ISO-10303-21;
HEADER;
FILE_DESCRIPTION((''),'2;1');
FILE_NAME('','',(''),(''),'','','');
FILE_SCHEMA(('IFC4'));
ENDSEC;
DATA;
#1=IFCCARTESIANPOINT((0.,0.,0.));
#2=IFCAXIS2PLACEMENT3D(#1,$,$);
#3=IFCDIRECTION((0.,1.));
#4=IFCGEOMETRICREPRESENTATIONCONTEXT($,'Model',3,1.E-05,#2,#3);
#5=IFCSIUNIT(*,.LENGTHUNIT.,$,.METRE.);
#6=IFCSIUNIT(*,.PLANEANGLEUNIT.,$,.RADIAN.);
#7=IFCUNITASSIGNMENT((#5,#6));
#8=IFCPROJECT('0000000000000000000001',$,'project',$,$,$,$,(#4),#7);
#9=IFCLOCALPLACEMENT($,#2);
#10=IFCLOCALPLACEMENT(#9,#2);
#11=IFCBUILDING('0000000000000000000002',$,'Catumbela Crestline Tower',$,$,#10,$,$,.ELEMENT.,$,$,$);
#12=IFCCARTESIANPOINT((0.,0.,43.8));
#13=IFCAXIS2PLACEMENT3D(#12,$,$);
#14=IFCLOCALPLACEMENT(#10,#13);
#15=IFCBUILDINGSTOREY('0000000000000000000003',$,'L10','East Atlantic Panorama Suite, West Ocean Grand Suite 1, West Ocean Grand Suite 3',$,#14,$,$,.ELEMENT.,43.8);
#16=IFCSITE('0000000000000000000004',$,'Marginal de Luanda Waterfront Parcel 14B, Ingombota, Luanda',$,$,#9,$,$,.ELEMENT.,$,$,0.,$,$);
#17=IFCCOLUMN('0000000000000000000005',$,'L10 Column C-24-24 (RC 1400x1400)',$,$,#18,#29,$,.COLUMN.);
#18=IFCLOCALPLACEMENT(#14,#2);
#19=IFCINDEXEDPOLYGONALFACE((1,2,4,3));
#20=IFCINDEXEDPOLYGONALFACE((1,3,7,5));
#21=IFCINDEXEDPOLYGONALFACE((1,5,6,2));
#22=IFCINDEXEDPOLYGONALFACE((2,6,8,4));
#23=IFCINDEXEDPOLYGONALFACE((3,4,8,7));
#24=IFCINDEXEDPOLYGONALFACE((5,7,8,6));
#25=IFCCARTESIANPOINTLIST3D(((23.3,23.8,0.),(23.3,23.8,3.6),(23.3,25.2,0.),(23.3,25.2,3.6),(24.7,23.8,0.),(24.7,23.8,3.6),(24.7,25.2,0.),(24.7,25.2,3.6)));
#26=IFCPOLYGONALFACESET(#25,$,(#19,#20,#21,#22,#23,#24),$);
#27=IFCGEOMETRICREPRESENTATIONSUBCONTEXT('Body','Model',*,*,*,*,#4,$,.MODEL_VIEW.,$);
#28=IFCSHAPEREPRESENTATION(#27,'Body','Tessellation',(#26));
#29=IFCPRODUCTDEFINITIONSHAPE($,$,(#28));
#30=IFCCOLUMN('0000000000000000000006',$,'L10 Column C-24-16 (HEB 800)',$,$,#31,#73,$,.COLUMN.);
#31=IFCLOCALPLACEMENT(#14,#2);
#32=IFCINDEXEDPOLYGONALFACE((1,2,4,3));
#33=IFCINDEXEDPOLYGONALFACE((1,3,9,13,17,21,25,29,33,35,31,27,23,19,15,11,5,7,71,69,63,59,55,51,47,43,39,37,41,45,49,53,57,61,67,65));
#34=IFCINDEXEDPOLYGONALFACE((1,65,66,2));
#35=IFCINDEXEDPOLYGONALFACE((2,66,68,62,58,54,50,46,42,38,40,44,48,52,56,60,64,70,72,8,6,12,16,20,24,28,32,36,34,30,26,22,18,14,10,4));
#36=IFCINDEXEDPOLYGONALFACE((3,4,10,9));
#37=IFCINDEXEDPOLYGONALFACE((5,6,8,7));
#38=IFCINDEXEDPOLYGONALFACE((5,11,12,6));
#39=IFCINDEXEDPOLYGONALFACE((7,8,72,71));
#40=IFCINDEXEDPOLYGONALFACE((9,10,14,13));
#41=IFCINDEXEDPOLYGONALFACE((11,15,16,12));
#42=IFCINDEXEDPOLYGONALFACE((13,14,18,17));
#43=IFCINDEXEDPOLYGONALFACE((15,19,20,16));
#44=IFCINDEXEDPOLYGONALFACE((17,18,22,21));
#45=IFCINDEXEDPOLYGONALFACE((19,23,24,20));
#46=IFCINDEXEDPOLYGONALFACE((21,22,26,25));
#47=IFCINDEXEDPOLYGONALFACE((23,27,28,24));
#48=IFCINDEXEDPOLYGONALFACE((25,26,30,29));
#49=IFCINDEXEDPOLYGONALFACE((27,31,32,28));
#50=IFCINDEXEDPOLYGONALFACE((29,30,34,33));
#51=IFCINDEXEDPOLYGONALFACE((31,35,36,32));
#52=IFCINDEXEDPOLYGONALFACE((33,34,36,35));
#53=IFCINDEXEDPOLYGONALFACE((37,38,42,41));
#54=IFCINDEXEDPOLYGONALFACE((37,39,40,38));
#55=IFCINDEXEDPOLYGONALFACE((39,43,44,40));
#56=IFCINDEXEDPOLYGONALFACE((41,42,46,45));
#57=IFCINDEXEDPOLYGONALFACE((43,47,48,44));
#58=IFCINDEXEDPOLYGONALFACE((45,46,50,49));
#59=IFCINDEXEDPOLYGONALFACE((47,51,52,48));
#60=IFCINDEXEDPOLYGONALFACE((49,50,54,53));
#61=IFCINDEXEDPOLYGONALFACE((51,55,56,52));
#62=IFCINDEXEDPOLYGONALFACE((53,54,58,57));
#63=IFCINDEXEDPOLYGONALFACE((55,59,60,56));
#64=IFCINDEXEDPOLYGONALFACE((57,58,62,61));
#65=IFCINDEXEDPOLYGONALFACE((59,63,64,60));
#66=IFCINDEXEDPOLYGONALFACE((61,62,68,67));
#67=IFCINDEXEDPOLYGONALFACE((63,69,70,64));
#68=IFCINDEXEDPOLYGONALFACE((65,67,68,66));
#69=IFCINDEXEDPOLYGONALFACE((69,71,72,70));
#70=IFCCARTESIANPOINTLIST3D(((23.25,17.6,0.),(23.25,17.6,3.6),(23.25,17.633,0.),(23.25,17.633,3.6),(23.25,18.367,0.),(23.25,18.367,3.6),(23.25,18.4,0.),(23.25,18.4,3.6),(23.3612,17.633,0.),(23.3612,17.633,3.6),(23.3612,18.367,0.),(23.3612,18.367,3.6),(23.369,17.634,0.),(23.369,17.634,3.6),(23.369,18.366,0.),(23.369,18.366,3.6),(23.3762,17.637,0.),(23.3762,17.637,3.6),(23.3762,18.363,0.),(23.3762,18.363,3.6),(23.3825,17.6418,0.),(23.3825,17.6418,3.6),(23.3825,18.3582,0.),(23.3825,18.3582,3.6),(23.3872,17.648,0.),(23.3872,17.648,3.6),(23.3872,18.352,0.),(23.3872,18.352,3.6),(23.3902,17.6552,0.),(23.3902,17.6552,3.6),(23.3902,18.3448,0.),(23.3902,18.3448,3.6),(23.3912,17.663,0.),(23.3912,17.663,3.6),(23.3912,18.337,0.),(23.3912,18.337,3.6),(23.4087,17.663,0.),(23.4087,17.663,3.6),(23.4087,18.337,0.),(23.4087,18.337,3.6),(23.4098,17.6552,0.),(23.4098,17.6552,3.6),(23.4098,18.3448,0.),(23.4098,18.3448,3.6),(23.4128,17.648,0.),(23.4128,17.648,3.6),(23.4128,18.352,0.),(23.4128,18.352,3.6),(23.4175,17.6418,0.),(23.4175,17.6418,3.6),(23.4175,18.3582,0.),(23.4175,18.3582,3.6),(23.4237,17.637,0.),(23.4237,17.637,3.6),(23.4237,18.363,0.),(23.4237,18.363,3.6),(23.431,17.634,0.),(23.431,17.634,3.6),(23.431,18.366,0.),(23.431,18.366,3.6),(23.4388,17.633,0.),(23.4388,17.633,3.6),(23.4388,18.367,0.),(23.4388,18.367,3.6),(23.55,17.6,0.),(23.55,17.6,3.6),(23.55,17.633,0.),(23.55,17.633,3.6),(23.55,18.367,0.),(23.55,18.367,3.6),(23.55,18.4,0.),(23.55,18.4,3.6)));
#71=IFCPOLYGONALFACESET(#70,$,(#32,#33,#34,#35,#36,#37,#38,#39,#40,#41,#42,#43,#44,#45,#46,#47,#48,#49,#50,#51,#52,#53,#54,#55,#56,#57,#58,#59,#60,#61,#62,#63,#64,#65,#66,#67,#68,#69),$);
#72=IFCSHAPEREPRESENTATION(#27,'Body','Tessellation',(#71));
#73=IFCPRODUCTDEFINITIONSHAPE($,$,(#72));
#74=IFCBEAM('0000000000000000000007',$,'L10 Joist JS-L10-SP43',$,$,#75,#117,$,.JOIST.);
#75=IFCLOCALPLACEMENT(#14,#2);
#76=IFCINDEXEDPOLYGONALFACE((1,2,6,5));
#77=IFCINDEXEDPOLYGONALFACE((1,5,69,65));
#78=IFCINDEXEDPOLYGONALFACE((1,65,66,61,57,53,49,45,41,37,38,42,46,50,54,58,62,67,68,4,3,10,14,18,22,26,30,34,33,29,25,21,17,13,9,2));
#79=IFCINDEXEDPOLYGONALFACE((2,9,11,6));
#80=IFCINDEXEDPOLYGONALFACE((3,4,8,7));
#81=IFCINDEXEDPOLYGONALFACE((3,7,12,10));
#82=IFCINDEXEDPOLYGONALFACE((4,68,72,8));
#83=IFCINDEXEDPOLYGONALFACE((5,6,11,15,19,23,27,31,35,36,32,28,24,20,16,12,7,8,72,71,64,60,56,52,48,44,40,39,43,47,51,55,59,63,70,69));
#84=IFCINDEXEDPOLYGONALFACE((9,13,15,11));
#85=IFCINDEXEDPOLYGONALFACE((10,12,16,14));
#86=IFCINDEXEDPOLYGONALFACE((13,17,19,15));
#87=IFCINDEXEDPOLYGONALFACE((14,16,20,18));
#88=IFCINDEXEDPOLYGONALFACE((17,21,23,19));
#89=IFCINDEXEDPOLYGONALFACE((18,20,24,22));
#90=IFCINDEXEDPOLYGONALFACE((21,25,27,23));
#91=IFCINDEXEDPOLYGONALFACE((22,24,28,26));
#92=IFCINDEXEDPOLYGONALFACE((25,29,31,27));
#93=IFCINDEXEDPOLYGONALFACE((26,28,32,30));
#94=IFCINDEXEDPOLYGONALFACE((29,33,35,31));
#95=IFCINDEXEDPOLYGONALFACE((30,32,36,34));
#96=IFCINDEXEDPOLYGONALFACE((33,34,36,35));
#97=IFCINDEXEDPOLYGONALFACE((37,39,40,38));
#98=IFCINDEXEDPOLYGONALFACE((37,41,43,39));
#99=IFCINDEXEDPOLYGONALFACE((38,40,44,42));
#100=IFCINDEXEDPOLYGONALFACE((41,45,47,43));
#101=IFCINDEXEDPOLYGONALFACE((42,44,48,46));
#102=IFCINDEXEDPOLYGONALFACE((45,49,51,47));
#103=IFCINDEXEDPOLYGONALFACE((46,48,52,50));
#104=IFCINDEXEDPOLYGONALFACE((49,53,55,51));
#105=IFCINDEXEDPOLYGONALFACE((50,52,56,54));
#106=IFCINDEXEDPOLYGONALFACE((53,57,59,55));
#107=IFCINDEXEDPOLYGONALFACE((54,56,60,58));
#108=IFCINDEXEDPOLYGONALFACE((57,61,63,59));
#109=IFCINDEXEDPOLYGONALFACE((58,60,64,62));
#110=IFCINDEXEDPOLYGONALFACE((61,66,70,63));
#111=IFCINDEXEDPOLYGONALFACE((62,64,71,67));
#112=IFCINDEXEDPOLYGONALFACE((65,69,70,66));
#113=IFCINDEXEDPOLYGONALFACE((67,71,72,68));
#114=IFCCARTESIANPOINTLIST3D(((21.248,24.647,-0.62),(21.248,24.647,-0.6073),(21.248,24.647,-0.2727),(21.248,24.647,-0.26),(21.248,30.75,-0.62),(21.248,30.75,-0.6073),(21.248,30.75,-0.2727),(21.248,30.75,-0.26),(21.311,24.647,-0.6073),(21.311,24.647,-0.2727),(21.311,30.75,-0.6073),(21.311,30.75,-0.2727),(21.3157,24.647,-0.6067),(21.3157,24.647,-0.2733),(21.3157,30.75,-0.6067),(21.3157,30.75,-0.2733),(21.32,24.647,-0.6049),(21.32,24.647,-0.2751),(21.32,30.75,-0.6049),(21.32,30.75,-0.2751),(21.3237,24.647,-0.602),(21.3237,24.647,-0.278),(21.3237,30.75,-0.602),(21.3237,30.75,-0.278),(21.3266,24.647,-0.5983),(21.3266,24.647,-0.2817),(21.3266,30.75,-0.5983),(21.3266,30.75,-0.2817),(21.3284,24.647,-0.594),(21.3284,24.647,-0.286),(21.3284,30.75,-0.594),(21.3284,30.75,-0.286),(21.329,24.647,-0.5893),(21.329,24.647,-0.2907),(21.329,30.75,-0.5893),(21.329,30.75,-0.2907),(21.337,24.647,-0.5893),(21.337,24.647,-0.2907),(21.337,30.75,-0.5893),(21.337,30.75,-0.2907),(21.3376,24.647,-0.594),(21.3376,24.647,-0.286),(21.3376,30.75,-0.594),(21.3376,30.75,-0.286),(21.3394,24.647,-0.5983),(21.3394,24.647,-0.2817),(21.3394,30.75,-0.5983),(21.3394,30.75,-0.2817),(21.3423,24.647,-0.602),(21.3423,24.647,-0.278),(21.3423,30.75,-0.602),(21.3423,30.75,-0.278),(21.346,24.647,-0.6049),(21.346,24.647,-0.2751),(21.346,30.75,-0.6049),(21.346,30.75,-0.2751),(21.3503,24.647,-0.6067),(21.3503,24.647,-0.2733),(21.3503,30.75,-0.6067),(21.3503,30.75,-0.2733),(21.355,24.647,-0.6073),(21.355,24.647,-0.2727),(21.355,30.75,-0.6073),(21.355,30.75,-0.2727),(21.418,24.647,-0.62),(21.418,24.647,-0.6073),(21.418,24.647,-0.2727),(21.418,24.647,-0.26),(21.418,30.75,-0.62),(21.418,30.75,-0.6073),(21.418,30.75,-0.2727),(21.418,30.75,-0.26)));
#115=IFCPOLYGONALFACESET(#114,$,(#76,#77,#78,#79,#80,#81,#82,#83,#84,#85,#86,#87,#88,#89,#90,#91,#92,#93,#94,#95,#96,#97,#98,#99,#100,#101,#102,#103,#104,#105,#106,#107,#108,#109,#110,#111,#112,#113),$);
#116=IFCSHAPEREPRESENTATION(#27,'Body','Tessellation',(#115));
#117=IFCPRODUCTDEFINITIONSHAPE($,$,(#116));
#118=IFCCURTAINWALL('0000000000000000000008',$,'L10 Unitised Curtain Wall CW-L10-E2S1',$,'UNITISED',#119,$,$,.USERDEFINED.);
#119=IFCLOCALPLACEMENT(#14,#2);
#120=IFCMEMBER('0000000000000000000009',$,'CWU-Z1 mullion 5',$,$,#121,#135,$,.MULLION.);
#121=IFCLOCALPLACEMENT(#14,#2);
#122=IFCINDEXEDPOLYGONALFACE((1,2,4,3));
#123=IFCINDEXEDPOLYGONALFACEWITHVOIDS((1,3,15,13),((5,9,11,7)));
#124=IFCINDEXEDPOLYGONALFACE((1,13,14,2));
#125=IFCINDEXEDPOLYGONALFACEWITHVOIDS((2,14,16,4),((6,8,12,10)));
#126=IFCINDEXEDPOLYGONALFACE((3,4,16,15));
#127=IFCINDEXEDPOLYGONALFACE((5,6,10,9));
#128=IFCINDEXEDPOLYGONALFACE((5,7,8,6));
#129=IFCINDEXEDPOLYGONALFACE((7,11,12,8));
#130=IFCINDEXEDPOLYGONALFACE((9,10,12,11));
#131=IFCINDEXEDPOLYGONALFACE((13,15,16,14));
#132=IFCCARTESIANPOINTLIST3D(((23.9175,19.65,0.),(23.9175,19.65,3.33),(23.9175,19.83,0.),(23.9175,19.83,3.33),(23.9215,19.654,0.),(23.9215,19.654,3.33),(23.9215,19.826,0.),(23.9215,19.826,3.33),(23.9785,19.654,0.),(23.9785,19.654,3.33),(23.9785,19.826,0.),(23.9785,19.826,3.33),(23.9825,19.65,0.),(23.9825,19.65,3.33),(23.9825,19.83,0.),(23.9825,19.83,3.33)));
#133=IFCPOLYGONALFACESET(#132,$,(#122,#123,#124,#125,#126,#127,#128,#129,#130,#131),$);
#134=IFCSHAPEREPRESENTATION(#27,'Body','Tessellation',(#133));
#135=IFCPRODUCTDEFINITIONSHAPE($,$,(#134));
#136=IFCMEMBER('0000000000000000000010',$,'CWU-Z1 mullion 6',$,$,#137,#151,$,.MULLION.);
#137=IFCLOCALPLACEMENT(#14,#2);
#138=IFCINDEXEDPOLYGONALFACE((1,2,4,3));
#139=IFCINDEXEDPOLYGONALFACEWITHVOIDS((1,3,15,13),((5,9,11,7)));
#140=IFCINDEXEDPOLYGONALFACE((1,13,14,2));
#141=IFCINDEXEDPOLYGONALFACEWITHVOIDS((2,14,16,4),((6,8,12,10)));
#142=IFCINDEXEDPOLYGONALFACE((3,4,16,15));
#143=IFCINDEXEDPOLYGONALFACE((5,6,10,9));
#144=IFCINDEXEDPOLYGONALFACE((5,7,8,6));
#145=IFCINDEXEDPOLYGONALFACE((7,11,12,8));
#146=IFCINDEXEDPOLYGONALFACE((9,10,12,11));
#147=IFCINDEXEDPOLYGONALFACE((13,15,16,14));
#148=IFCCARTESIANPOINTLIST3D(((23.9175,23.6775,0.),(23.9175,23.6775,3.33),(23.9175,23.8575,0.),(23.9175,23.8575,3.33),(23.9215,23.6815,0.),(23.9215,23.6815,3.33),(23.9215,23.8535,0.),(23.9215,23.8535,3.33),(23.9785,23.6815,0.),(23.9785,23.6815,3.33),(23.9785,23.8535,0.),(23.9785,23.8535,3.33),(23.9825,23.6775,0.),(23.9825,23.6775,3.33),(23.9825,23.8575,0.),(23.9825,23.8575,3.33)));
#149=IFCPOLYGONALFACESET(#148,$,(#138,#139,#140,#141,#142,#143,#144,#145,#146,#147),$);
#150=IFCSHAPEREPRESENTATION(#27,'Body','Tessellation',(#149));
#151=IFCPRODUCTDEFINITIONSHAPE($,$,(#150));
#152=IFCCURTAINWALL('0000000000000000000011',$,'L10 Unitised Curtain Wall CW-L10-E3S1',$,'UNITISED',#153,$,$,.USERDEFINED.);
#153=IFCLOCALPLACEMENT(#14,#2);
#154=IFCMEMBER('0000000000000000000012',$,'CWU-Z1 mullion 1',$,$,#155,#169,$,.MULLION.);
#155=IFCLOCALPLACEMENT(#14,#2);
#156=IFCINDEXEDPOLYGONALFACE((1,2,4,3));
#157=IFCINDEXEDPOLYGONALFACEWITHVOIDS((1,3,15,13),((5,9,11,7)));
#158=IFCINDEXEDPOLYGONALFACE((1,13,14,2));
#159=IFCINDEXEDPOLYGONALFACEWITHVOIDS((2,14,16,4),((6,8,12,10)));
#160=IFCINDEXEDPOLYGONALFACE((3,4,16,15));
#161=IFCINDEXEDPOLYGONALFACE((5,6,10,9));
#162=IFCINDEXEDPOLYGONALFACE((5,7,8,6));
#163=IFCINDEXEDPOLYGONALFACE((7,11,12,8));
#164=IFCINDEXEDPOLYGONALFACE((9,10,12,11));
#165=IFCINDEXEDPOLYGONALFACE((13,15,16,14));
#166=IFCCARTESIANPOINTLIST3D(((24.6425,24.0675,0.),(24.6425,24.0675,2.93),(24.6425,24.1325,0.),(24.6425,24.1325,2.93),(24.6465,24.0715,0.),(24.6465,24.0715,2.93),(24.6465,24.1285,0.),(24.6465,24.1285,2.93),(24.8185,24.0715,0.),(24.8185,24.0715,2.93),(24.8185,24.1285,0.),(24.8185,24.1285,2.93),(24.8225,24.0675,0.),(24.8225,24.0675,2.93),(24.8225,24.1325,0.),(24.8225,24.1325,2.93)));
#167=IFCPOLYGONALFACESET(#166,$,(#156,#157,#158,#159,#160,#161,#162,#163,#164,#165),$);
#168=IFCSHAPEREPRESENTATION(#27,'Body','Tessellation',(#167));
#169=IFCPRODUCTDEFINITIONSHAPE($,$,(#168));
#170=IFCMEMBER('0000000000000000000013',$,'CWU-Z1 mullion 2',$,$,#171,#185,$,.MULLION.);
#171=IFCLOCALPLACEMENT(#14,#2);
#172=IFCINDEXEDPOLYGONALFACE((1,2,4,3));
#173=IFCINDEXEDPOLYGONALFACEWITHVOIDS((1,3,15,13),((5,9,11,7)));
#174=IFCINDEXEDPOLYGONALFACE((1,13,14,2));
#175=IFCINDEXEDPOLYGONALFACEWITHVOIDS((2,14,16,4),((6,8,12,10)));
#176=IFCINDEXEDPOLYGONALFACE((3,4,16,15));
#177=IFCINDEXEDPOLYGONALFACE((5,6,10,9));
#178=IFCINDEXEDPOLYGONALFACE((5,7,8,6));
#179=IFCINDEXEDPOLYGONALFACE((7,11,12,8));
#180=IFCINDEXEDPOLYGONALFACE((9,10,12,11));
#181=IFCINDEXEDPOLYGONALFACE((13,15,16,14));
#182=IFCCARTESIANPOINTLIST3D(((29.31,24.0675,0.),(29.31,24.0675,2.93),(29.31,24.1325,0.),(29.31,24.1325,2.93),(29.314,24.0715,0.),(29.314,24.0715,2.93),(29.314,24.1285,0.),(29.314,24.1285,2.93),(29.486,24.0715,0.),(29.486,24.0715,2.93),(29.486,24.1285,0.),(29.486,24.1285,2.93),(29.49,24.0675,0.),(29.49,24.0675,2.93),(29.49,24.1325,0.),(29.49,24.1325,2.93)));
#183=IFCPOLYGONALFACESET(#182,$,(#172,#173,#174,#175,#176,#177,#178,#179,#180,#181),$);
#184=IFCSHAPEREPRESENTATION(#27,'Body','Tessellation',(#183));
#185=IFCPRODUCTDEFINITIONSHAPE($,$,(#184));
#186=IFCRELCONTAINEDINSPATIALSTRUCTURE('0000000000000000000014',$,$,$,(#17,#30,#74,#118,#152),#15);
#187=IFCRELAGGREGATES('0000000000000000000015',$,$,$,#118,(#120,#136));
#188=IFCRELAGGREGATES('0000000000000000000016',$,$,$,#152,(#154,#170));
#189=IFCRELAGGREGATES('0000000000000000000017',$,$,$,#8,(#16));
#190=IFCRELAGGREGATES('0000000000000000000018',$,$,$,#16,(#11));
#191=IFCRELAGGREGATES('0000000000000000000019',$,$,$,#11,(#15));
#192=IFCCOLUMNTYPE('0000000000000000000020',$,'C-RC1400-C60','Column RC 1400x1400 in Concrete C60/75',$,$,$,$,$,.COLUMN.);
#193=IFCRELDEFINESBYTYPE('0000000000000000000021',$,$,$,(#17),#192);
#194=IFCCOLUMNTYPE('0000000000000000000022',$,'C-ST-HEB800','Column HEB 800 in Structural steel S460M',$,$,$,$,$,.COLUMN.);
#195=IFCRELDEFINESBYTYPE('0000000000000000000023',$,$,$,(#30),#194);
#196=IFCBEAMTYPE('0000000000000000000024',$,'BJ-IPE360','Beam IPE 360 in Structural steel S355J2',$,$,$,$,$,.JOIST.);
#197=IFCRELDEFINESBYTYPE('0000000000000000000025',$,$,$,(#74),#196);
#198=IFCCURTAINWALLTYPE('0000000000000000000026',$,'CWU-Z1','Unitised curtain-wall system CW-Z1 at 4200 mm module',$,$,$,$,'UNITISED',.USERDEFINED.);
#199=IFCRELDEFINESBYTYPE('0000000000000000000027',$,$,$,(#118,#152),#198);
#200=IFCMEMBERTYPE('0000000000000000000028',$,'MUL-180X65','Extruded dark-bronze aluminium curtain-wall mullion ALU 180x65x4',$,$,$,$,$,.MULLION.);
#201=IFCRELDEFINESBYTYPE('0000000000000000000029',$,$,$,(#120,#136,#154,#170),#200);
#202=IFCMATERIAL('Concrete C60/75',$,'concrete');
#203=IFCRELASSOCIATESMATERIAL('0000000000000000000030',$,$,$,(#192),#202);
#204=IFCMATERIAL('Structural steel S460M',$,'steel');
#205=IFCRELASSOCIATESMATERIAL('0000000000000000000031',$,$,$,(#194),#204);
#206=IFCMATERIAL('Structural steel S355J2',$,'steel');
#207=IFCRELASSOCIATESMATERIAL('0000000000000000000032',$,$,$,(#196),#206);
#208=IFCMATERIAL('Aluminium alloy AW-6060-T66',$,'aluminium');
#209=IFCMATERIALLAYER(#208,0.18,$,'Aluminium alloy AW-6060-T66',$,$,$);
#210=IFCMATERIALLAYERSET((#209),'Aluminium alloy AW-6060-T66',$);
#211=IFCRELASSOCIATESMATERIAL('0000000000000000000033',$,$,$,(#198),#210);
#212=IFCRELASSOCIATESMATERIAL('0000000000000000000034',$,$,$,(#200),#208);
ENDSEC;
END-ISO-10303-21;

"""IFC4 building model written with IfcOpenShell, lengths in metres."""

from ifc_helpers import new_model, si_unit, direction, frame, origin, origin_2d, place, context, subcontext, project, spatial, rectangle, hollow_rectangle, i_section, extrude, material, layer, layer_set, material_profile, profile_set, type_object, element, aggregate, save


model = new_model("IFC4")

# Units and contexts
model_context = context("Model", 3, precision=1e-05, world=origin(), true_north=direction((0.0, 1.0)))
body_context = subcontext(model_context, "Body", "Model", "MODEL_VIEW")
ifc_project = project(units=[si_unit("LENGTHUNIT", "METRE"), si_unit("PLANEANGLEUNIT", "RADIAN")], contexts=[model_context])

# Site, building, storey
site_placement = place(None, origin())
site = spatial("IfcSite", under=ifc_project, at=site_placement, Name="Marginal de Luanda Waterfront Parcel 14B, Ingombota, Luanda", CompositionType="ELEMENT", RefElevation=0.0)
building_placement = place(site_placement, origin())
building = spatial("IfcBuilding", under=site, at=building_placement, Name="Catumbela Crestline Tower", CompositionType="ELEMENT")
storey_placement = place(building_placement, frame((0.0, 0.0, 43.8)))
storey = spatial("IfcBuildingStorey", under=building, at=storey_placement, Name="L10", Description="East Atlantic Panorama Suite, West Ocean Grand Suite 1, West Ocean Grand Suite 3", CompositionType="ELEMENT", Elevation=43.8)

# Columns
ifc_material_1 = material(Name="Concrete C60/75", Category="concrete")
ifc_material_profile_1 = material_profile(ifc_material_1, rectangle(XDim=1.4, YDim=1.4, at=origin_2d()), Name="RC 1400x1400")
ifc_profile_set_1 = profile_set([ifc_material_profile_1], Name="Concrete C60/75")
column_type_1 = type_object("IfcColumnType", Name="C-RC1400-C60", Description="Column RC 1400x1400 in Concrete C60/75", PredefinedType="COLUMN", material=ifc_profile_set_1)
column_1_placement = place(storey_placement, frame((24.0, 24.5, 0.0), z_axis=(0.0, 0.0, 1.0), x_axis=(1.0, 0.0, 0.0)))
element("IfcColumn", 1, at=column_1_placement, inside=storey, type_object=column_type_1, Name="L10 Column C-24-24 (RC 1400x1400)", PredefinedType="COLUMN", context=body_context, shape_type="SweptSolid", body=[
    extrude(rectangle(XDim=1.4, YDim=1.4, at=origin_2d()), origin(), (0.0, 0.0, 1.0), 3.6),
])
ifc_material_2 = material(Name="Structural steel S460M", Category="steel")
ifc_material_profile_2 = material_profile(ifc_material_2, i_section(OverallWidth=0.3, OverallDepth=0.8, WebThickness=0.0175, FlangeThickness=0.033, FilletRadius=0.03, at=origin_2d()), Name="HEB 800")
ifc_profile_set_2 = profile_set([ifc_material_profile_2], Name="Structural steel S460M")
column_type_2 = type_object("IfcColumnType", Name="C-ST-HEB800", Description="Column HEB 800 in Structural steel S460M", PredefinedType="COLUMN", material=ifc_profile_set_2)
column_2_placement = place(storey_placement, frame((23.4, 18.0, 0.0), z_axis=(0.0, 0.0, 1.0), x_axis=(1.0, 0.0, 0.0)))
element("IfcColumn", 2, at=column_2_placement, inside=storey, type_object=column_type_2, Name="L10 Column C-24-16 (HEB 800)", PredefinedType="COLUMN", context=body_context, shape_type="SweptSolid", body=[
    extrude(i_section(OverallWidth=0.3, OverallDepth=0.8, WebThickness=0.0175, FlangeThickness=0.033, FilletRadius=0.03, at=origin_2d()), origin(), (0.0, 0.0, 1.0), 3.6),
])

# Beam
ifc_material_3 = material(Name="Structural steel S355J2", Category="steel")
ifc_material_profile_3 = material_profile(ifc_material_3, i_section(OverallWidth=0.17, OverallDepth=0.36, WebThickness=0.008, FlangeThickness=0.0127, FilletRadius=0.018, at=origin_2d()), Name="IPE 360")
ifc_profile_set_3 = profile_set([ifc_material_profile_3], Name="Structural steel S355J2")
beam_type_1 = type_object("IfcBeamType", Name="BJ-IPE360", Description="Beam IPE 360 in Structural steel S355J2", PredefinedType="JOIST", material=ifc_profile_set_3)
beam_1_placement = place(storey_placement, frame((21.333, 24.647, -0.44), z_axis=(0.0, 1.0, 0.0), x_axis=(-1.0, 0.0, 0.0)))
element("IfcBeam", 3, at=beam_1_placement, inside=storey, type_object=beam_type_1, Name="L10 Joist JS-L10-SP43", PredefinedType="JOIST", context=body_context, shape_type="SweptSolid", body=[
    extrude(i_section(OverallWidth=0.17, OverallDepth=0.36, WebThickness=0.008, FlangeThickness=0.0127, FilletRadius=0.018, at=origin_2d()), origin(), (0.0, 0.0, 1.0), 6.103),
])

# Curtain walls, members
ifc_material_4 = material(Name="Aluminium alloy AW-6060-T66", Category="aluminium")
ifc_layer_1 = layer(ifc_material_4, 0.18, Name="Aluminium alloy AW-6060-T66")
ifc_layer_set_1 = layer_set([ifc_layer_1], Name="Aluminium alloy AW-6060-T66")
curtain_wall_type = type_object("IfcCurtainWallType", Name="CWU-Z1", Description="Unitised curtain-wall system CW-Z1 at 4200 mm module", ElementType="UNITISED", PredefinedType="USERDEFINED", material=ifc_layer_set_1)
curtain_wall_1_placement = place(storey_placement, origin())
curtain_wall_1 = element("IfcCurtainWall", 4, at=curtain_wall_1_placement, inside=storey, type_object=curtain_wall_type, Name="L10 Unitised Curtain Wall CW-L10-E2S1", ObjectType="UNITISED", PredefinedType="USERDEFINED")
ifc_material_profile_4 = material_profile(ifc_material_4, hollow_rectangle(XDim=0.065, YDim=0.18, WallThickness=0.004, at=origin_2d()), Name="ALU 180x65x4")
ifc_profile_set_4 = profile_set([ifc_material_profile_4], Name="Aluminium alloy AW-6060-T66")
member_type_1 = type_object("IfcMemberType", Name="MUL-180X65", Description="Extruded dark-bronze aluminium curtain-wall mullion ALU 180x65x4", PredefinedType="MULLION", material=ifc_profile_set_4)
member_1_placement = place(storey_placement, frame((23.95, 19.74, 0.0), z_axis=(0.0, 0.0, 1.0), x_axis=(-1.0, 0.0, 0.0)))
member_1 = element("IfcMember", 5, at=member_1_placement, type_object=member_type_1, Name="CWU-Z1 mullion 5", PredefinedType="MULLION", context=body_context, shape_type="SweptSolid", body=[
    extrude(hollow_rectangle(XDim=0.065, YDim=0.18, WallThickness=0.004, at=origin_2d()), origin(), (0.0, 0.0, 1.0), 3.33),
])
member_2_placement = place(storey_placement, frame((23.95, 23.7675, 0.0), z_axis=(0.0, 0.0, 1.0), x_axis=(-1.0, 0.0, 0.0)))
member_2 = element("IfcMember", 6, at=member_2_placement, type_object=member_type_1, Name="CWU-Z1 mullion 6", PredefinedType="MULLION", context=body_context, shape_type="SweptSolid", body=[
    extrude(hollow_rectangle(XDim=0.065, YDim=0.18, WallThickness=0.004, at=origin_2d()), origin(), (0.0, 0.0, 1.0), 3.33),
])
curtain_wall_2_placement = place(storey_placement, origin())
curtain_wall_2 = element("IfcCurtainWall", 7, at=curtain_wall_2_placement, inside=storey, type_object=curtain_wall_type, Name="L10 Unitised Curtain Wall CW-L10-E3S1", ObjectType="UNITISED", PredefinedType="USERDEFINED")
member_3_placement = place(storey_placement, frame((24.7325, 24.1, 0.0), z_axis=(0.0, 0.0, 1.0), x_axis=(0.0, 1.0, 0.0)))
member_3 = element("IfcMember", 8, at=member_3_placement, type_object=member_type_1, Name="CWU-Z1 mullion 1", PredefinedType="MULLION", context=body_context, shape_type="SweptSolid", body=[
    extrude(hollow_rectangle(XDim=0.065, YDim=0.18, WallThickness=0.004, at=origin_2d()), origin(), (0.0, 0.0, 1.0), 2.93),
])
member_4_placement = place(storey_placement, frame((29.4, 24.1, 0.0), z_axis=(0.0, 0.0, 1.0), x_axis=(0.0, 1.0, 0.0)))
member_4 = element("IfcMember", 9, at=member_4_placement, type_object=member_type_1, Name="CWU-Z1 mullion 2", PredefinedType="MULLION", context=body_context, shape_type="SweptSolid", body=[
    extrude(hollow_rectangle(XDim=0.065, YDim=0.18, WallThickness=0.004, at=origin_2d()), origin(), (0.0, 0.0, 1.0), 2.93),
])

aggregate(curtain_wall_1, [member_1, member_2])
aggregate(curtain_wall_2, [member_3, member_4])

save(model, "model.ifc")
